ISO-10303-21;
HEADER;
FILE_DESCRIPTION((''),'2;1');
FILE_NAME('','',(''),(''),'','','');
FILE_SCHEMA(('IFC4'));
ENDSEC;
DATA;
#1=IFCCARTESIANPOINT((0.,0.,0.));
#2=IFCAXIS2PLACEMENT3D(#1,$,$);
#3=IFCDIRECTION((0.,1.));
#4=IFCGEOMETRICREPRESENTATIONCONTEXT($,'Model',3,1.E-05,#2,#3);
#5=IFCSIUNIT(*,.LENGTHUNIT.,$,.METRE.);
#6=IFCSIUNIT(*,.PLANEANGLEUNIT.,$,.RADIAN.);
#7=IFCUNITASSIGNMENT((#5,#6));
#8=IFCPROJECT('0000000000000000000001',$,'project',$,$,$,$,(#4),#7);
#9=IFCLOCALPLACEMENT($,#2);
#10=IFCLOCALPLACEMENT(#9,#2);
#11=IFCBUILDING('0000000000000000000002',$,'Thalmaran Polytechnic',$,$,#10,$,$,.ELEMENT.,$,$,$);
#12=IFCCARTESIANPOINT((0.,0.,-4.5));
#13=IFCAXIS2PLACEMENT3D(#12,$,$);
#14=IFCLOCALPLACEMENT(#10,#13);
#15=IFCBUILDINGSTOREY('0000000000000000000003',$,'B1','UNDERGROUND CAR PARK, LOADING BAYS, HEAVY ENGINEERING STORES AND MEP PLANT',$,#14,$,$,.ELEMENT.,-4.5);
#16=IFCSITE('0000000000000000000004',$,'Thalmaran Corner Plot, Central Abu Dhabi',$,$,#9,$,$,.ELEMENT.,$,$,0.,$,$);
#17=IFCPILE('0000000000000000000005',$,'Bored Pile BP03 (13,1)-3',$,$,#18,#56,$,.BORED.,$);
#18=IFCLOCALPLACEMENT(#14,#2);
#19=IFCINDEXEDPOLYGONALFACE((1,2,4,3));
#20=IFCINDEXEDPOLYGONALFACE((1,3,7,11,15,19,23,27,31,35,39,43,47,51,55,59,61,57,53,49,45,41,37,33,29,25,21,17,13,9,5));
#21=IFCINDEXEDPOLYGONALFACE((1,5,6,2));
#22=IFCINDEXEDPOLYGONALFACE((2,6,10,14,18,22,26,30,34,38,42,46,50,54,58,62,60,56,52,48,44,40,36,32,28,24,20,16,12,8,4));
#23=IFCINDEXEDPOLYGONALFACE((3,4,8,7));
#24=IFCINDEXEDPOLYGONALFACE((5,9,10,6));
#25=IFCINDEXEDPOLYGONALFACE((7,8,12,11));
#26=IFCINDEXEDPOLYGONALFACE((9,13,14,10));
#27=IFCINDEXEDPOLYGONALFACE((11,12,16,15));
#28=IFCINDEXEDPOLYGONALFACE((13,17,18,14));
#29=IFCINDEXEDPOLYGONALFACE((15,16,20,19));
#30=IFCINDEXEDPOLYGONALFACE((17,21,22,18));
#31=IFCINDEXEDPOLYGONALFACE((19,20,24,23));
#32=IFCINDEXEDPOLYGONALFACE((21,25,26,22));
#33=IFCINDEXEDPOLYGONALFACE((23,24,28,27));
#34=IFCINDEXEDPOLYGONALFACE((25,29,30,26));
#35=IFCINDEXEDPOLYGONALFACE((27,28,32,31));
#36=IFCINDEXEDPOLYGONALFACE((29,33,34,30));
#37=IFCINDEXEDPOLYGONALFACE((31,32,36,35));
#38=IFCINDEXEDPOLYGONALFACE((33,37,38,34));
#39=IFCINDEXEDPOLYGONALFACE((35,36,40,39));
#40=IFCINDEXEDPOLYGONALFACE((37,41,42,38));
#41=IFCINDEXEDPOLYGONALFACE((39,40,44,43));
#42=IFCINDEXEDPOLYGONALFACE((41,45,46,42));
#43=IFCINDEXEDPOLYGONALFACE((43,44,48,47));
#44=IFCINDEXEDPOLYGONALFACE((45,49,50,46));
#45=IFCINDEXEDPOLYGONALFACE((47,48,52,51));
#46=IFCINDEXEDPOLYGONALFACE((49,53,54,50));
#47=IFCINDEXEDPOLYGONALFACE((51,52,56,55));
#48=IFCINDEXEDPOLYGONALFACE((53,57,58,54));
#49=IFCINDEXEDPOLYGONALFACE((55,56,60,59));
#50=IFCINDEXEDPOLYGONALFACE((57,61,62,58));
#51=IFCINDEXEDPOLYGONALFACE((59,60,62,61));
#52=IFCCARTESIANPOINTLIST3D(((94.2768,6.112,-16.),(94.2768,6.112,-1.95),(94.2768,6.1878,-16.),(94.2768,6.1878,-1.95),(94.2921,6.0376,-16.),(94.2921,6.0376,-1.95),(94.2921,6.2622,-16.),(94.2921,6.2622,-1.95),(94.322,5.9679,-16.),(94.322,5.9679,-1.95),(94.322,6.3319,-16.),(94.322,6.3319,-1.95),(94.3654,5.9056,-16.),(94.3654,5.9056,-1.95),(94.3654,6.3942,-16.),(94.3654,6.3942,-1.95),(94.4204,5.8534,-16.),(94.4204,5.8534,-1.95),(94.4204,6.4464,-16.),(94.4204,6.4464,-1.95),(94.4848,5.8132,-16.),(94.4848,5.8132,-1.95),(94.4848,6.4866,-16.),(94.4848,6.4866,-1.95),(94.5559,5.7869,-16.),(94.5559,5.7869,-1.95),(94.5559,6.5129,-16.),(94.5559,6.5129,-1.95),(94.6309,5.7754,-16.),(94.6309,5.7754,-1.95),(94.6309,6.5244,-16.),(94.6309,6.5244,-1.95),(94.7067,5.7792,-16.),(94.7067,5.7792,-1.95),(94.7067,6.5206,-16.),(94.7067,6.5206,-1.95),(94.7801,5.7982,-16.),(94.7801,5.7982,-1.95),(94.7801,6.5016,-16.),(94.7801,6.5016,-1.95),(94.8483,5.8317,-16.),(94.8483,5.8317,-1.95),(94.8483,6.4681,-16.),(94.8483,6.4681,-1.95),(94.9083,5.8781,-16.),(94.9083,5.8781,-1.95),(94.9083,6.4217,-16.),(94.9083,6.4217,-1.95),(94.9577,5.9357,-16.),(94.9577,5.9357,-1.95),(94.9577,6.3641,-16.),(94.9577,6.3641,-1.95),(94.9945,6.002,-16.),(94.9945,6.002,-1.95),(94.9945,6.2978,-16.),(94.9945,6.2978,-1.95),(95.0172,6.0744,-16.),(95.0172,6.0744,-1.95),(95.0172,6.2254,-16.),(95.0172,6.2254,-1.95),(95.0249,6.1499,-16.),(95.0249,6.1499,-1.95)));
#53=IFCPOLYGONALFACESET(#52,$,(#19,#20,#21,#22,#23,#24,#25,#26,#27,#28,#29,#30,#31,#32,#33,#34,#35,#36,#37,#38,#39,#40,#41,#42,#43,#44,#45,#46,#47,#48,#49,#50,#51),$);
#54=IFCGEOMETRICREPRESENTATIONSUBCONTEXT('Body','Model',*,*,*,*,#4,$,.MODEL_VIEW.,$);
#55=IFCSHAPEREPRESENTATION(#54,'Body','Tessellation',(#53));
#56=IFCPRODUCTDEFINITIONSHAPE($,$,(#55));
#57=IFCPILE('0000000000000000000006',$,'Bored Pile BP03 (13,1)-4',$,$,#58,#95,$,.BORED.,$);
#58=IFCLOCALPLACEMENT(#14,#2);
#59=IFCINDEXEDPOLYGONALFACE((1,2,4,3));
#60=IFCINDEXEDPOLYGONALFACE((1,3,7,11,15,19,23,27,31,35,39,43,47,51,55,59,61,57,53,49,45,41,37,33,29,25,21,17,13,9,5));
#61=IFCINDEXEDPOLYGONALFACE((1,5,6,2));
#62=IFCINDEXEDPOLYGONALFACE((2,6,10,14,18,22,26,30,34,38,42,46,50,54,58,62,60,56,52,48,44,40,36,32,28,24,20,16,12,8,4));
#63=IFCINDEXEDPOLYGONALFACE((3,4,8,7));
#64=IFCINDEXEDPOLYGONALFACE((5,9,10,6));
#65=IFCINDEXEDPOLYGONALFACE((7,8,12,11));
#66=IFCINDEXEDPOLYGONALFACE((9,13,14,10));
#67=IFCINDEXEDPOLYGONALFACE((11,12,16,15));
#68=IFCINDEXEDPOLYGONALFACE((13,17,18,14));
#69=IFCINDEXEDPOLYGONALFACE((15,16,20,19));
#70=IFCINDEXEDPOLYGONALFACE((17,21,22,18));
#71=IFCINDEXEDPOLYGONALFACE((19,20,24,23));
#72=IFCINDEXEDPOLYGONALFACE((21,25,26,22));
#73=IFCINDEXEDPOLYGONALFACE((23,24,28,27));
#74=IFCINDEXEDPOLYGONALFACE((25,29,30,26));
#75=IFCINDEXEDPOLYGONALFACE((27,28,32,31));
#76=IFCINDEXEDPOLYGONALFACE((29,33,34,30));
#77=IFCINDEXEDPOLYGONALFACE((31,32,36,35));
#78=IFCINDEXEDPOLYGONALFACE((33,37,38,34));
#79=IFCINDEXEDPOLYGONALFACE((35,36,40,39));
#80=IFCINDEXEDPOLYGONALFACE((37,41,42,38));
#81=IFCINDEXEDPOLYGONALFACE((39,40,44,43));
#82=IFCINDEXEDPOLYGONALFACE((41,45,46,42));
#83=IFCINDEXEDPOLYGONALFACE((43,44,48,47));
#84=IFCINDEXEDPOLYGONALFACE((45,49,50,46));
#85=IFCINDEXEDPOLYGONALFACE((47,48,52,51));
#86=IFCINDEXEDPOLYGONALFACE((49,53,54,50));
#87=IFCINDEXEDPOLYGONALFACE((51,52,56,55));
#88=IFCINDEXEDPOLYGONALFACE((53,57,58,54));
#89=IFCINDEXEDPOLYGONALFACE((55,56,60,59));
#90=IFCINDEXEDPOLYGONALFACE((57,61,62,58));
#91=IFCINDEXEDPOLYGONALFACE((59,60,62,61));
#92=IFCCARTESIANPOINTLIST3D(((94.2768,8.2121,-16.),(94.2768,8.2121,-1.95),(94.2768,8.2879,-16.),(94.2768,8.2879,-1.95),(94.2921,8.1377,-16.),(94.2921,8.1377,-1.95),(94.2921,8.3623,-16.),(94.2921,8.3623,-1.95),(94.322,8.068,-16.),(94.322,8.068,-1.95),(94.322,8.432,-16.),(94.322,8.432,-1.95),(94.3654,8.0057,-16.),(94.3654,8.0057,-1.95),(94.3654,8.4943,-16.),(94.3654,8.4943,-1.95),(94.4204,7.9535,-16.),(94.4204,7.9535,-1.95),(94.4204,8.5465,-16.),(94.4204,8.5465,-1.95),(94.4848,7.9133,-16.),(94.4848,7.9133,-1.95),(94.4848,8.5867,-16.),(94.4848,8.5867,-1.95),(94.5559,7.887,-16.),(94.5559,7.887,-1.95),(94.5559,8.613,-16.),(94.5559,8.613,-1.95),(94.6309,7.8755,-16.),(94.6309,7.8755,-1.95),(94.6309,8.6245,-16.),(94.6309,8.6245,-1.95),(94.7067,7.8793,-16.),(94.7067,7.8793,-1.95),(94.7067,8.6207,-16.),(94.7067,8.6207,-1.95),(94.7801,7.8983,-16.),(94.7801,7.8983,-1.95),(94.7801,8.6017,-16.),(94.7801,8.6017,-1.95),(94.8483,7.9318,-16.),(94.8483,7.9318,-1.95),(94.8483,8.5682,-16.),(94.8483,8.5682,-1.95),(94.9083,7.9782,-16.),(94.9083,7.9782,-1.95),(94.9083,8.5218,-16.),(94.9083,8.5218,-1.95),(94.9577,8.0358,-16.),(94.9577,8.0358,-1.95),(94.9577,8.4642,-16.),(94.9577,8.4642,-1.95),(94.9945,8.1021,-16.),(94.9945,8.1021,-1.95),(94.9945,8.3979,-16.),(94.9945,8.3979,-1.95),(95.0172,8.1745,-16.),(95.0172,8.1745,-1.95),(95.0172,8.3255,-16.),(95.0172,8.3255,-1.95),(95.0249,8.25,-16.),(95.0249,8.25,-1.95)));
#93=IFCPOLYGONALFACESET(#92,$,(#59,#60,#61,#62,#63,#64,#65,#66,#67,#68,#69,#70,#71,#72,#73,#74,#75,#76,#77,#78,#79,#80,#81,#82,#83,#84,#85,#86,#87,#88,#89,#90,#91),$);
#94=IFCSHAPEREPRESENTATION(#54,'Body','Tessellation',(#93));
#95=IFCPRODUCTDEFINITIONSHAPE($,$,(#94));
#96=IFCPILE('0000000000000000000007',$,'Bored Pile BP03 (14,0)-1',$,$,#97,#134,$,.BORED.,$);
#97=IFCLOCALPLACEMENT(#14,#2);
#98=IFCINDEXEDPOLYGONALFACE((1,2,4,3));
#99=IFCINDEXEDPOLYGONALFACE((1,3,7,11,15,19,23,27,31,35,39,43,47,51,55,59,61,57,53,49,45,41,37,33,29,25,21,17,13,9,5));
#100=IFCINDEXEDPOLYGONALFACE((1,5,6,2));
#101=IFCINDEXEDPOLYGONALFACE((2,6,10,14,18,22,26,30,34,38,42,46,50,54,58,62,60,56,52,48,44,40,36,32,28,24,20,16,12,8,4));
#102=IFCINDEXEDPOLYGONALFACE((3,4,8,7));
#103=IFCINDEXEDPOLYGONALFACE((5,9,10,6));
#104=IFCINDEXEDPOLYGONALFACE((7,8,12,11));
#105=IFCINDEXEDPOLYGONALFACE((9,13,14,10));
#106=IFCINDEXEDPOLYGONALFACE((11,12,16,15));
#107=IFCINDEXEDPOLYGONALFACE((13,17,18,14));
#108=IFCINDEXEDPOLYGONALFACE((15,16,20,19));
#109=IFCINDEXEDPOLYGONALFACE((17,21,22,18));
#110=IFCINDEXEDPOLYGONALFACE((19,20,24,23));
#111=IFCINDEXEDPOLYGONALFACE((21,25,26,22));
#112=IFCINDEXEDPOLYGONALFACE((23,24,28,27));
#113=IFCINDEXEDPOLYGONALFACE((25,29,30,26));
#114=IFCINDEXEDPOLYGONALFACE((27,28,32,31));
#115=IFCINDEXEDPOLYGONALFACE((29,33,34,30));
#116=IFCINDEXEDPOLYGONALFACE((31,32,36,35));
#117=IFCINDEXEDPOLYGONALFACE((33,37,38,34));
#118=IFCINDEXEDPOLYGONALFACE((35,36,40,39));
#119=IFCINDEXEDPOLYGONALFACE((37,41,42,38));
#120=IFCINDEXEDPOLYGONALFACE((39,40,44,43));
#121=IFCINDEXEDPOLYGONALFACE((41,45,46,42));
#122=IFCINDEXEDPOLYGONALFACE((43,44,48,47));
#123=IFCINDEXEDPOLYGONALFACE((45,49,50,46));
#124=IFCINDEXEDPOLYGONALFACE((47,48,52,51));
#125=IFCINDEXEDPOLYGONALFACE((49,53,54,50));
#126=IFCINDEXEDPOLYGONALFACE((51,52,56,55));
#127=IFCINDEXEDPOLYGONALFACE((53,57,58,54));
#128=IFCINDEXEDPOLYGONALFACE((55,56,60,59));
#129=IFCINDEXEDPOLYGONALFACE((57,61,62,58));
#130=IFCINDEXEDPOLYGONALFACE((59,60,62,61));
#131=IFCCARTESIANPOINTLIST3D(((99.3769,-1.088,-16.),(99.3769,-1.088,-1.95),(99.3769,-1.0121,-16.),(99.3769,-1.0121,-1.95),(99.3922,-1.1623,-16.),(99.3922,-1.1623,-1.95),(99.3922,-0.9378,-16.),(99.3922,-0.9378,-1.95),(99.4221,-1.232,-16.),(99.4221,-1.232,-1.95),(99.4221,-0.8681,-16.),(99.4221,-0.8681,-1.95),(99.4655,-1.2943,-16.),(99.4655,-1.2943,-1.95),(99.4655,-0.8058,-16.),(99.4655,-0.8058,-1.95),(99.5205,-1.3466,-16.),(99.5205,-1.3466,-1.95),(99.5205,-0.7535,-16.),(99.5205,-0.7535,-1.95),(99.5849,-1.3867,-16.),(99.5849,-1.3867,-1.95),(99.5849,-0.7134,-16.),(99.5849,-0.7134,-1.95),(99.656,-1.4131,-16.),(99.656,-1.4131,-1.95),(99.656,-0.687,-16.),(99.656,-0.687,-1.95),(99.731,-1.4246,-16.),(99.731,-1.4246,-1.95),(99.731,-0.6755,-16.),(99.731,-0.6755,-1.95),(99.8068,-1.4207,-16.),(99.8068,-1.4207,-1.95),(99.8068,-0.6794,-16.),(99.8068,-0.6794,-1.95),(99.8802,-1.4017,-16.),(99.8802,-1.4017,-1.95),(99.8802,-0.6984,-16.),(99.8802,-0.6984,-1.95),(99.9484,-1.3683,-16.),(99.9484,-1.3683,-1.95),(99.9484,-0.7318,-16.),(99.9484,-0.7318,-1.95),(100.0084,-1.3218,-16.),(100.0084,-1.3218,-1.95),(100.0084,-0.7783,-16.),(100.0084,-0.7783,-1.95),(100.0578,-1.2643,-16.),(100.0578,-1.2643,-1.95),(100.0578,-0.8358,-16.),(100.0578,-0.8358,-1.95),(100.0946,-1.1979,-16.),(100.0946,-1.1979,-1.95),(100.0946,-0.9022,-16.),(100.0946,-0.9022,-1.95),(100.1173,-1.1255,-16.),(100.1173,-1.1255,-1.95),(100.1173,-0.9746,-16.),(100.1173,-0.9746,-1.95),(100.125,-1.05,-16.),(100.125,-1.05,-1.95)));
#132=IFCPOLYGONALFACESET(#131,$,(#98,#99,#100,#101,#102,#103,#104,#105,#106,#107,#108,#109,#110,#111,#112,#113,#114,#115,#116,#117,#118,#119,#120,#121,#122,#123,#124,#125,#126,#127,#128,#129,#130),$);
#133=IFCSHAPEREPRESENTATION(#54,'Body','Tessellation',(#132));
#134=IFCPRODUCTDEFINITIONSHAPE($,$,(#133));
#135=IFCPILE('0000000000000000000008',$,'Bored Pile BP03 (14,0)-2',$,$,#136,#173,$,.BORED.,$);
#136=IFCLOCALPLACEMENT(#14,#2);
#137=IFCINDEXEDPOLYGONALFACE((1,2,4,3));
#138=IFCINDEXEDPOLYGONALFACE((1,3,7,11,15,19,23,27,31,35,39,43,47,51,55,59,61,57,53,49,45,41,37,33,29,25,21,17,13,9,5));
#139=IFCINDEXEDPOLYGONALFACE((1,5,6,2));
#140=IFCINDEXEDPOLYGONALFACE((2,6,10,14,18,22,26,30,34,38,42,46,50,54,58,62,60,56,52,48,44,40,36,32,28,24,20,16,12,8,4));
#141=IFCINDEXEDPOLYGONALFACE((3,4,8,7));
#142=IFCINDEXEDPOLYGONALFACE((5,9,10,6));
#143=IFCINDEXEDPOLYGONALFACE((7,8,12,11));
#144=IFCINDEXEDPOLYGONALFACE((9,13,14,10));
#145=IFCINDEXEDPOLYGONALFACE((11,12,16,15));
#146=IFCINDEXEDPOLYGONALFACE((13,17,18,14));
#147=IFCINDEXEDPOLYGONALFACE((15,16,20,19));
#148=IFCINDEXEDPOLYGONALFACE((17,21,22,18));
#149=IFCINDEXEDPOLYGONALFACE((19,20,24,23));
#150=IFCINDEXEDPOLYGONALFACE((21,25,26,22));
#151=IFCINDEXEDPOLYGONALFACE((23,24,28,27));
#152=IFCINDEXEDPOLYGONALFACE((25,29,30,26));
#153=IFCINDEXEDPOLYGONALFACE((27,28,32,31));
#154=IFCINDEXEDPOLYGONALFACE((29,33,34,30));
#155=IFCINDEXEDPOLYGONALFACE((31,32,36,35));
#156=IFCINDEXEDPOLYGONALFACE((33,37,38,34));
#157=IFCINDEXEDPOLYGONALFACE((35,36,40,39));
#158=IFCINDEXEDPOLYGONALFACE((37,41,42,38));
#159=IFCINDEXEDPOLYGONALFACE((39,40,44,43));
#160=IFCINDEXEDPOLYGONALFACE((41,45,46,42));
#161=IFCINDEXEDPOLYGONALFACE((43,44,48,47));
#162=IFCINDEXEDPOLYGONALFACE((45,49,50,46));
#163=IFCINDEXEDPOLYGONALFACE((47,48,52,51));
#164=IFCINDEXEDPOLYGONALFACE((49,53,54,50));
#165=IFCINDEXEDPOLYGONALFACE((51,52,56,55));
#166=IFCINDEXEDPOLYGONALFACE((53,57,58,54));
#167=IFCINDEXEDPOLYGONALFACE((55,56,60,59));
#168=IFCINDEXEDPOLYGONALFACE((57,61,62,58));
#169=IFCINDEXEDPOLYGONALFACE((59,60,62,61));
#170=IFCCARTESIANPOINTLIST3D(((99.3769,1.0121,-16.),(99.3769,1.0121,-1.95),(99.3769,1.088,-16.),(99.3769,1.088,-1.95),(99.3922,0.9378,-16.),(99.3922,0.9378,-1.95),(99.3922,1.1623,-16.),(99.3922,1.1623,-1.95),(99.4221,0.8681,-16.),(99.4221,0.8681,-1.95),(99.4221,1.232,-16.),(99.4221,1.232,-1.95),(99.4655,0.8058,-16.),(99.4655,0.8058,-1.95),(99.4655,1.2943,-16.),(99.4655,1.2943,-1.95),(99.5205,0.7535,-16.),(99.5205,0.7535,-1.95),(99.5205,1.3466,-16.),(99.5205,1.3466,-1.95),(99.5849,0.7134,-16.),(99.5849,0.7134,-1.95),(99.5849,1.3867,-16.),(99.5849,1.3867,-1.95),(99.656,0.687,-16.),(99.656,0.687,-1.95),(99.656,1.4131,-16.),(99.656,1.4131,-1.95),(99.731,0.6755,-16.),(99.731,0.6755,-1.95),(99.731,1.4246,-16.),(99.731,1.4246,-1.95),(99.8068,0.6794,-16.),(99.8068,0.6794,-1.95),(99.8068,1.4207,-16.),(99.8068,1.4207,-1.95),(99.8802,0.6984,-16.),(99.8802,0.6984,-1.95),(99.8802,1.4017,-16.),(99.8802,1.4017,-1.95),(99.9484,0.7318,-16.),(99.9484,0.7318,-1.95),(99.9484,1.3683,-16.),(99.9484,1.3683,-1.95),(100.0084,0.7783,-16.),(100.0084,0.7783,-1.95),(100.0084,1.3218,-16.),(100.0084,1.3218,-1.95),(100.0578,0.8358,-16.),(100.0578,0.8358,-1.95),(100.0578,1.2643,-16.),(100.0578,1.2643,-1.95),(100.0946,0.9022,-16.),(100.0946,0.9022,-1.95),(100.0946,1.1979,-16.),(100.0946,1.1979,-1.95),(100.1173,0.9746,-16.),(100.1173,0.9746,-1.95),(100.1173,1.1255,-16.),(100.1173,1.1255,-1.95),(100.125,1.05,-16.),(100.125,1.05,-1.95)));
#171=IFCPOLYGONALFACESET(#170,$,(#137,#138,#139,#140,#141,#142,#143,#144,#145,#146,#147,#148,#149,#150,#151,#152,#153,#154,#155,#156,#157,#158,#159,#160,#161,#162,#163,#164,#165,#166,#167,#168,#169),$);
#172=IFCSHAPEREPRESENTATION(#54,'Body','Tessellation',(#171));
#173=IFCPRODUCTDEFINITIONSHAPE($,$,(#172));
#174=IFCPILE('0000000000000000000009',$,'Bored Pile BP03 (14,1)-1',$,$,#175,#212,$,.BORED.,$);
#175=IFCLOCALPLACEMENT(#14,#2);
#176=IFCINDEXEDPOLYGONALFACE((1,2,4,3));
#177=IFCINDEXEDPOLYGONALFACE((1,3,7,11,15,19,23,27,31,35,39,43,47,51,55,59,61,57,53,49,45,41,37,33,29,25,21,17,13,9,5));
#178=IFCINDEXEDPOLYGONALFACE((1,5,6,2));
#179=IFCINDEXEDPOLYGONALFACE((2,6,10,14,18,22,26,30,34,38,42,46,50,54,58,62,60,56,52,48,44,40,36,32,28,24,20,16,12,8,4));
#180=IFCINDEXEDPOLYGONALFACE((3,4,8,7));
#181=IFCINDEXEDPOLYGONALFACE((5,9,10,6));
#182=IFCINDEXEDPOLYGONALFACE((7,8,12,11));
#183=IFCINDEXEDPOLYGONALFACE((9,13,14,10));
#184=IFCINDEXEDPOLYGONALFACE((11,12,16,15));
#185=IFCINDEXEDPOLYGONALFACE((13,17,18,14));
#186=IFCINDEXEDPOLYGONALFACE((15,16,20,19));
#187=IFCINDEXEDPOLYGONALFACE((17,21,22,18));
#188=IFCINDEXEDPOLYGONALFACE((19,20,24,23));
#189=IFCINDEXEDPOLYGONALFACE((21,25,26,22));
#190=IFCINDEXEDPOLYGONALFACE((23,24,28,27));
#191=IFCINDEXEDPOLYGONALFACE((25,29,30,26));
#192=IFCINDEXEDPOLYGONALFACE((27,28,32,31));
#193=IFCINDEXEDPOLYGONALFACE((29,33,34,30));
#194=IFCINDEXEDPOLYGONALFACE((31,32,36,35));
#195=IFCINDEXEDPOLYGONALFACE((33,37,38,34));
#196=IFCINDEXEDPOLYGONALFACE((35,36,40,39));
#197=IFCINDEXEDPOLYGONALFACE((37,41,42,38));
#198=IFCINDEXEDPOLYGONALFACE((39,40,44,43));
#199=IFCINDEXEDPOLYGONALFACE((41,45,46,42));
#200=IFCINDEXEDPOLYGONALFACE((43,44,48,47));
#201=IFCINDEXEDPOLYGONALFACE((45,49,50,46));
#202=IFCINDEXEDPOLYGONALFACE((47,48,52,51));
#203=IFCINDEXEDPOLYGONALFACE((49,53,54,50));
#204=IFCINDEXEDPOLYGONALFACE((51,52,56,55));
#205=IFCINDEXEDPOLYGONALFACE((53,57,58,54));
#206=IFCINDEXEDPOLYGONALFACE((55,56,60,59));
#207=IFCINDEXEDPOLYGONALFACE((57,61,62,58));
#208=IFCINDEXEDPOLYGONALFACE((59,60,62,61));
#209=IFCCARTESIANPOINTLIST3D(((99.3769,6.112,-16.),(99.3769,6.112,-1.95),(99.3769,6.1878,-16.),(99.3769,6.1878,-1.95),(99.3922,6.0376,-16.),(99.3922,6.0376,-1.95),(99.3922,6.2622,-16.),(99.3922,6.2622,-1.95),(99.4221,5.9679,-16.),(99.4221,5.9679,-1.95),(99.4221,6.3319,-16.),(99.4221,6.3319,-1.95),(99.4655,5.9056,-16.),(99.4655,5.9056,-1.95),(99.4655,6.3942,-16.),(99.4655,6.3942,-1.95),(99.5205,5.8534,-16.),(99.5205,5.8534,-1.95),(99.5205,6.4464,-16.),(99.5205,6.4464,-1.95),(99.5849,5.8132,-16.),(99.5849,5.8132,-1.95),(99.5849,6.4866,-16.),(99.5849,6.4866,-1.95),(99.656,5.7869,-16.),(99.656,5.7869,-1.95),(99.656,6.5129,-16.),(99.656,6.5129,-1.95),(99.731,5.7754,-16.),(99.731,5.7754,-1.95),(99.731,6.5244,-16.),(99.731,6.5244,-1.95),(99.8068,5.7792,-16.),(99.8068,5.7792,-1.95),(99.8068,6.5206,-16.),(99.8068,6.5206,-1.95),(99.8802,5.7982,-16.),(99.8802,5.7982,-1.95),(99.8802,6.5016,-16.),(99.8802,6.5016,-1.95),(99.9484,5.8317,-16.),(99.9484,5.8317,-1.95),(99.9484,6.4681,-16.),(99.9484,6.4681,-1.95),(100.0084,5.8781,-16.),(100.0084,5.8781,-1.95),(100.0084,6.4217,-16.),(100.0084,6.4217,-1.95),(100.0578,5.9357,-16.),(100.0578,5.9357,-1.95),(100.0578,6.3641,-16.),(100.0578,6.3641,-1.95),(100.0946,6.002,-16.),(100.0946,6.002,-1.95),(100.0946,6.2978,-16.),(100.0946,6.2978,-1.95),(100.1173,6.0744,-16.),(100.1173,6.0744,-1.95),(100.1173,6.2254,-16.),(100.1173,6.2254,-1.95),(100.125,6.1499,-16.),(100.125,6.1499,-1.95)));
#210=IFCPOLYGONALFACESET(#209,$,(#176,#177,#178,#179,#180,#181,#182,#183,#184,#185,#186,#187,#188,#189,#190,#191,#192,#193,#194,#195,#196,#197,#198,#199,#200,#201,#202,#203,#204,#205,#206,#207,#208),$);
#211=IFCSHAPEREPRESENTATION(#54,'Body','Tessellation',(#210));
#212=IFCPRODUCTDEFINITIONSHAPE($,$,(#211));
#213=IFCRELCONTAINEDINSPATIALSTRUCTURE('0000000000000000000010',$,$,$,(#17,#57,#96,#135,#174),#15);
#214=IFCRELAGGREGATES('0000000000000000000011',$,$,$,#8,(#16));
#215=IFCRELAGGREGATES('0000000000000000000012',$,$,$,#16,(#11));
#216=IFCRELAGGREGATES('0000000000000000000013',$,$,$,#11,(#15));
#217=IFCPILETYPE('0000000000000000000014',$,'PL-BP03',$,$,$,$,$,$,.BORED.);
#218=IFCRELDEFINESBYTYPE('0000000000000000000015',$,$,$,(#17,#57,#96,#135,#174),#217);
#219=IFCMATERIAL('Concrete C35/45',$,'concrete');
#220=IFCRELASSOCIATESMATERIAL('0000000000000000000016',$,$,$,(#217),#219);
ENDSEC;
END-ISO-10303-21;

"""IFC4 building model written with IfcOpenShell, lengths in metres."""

from ifc_helpers import new_model, si_unit, direction, frame, origin, origin_2d, place, context, subcontext, project, spatial, circle, extrude, material, material_profile, profile_set, type_object, element, save


model = new_model("IFC4")

# Units and contexts
model_context = context("Model", 3, precision=1e-05, world=origin(), true_north=direction((0.0, 1.0)))
body_context = subcontext(model_context, "Body", "Model", "MODEL_VIEW")
ifc_project = project(units=[si_unit("LENGTHUNIT", "METRE"), si_unit("PLANEANGLEUNIT", "RADIAN")], contexts=[model_context])

# Site, building, storey
site_placement = place(None, origin())
site = spatial("IfcSite", under=ifc_project, at=site_placement, Name="Thalmaran Corner Plot, Central Abu Dhabi", CompositionType="ELEMENT", RefElevation=0.0)
building_placement = place(site_placement, origin())
building = spatial("IfcBuilding", under=site, at=building_placement, Name="Thalmaran Polytechnic", CompositionType="ELEMENT")
storey_placement = place(building_placement, frame((0.0, 0.0, -4.5)))
storey = spatial("IfcBuildingStorey", under=building, at=storey_placement, Name="B1", Description="UNDERGROUND CAR PARK, LOADING BAYS, HEAVY ENGINEERING STORES AND MEP PLANT", CompositionType="ELEMENT", Elevation=-4.5)

# Piles
ifc_material_1 = material(Name="Concrete C35/45", Category="concrete")
ifc_material_profile_1 = material_profile(ifc_material_1, circle(Radius=0.375, at=origin_2d()), Name="RC 750 DIA")
ifc_profile_set_1 = profile_set([ifc_material_profile_1], Name="Concrete C35/45")
pile_type = type_object("IfcPileType", Name="PL-BP03", PredefinedType="BORED", material=ifc_profile_set_1)
for number, where, z_axis, x_axis, name in (
    (1, (94.6499, 6.1499, -1.95), (0.0, 0.0, -1.0), (1.0, 0.0, 0.0), "Bored Pile BP03 (13,1)-3"),
    (2, (94.6499, 8.25, -1.95), (0.0, 0.0, -1.0), (1.0, 0.0, 0.0), "Bored Pile BP03 (13,1)-4"),
    (3, (99.75, -1.05, -1.95), (0.0, 0.0, -1.0), (1.0, 0.0, 0.0), "Bored Pile BP03 (14,0)-1"),
    (4, (99.75, 1.05, -1.95), (0.0, 0.0, -1.0), (1.0, 0.0, 0.0), "Bored Pile BP03 (14,0)-2"),
    (5, (99.75, 6.1499, -1.95), (0.0, 0.0, -1.0), (1.0, 0.0, 0.0), "Bored Pile BP03 (14,1)-1"),
):
    element("IfcPile", number, at=place(storey_placement, frame(where, z_axis=z_axis, x_axis=x_axis)), inside=storey, type_object=pile_type, Name=name, PredefinedType="BORED", context=body_context, shape_type="SweptSolid", body=[
        extrude(circle(Radius=0.375, at=origin_2d()), origin(), (0.0, 0.0, 1.0), 14.05),
    ])

save(model, "model.ifc")
